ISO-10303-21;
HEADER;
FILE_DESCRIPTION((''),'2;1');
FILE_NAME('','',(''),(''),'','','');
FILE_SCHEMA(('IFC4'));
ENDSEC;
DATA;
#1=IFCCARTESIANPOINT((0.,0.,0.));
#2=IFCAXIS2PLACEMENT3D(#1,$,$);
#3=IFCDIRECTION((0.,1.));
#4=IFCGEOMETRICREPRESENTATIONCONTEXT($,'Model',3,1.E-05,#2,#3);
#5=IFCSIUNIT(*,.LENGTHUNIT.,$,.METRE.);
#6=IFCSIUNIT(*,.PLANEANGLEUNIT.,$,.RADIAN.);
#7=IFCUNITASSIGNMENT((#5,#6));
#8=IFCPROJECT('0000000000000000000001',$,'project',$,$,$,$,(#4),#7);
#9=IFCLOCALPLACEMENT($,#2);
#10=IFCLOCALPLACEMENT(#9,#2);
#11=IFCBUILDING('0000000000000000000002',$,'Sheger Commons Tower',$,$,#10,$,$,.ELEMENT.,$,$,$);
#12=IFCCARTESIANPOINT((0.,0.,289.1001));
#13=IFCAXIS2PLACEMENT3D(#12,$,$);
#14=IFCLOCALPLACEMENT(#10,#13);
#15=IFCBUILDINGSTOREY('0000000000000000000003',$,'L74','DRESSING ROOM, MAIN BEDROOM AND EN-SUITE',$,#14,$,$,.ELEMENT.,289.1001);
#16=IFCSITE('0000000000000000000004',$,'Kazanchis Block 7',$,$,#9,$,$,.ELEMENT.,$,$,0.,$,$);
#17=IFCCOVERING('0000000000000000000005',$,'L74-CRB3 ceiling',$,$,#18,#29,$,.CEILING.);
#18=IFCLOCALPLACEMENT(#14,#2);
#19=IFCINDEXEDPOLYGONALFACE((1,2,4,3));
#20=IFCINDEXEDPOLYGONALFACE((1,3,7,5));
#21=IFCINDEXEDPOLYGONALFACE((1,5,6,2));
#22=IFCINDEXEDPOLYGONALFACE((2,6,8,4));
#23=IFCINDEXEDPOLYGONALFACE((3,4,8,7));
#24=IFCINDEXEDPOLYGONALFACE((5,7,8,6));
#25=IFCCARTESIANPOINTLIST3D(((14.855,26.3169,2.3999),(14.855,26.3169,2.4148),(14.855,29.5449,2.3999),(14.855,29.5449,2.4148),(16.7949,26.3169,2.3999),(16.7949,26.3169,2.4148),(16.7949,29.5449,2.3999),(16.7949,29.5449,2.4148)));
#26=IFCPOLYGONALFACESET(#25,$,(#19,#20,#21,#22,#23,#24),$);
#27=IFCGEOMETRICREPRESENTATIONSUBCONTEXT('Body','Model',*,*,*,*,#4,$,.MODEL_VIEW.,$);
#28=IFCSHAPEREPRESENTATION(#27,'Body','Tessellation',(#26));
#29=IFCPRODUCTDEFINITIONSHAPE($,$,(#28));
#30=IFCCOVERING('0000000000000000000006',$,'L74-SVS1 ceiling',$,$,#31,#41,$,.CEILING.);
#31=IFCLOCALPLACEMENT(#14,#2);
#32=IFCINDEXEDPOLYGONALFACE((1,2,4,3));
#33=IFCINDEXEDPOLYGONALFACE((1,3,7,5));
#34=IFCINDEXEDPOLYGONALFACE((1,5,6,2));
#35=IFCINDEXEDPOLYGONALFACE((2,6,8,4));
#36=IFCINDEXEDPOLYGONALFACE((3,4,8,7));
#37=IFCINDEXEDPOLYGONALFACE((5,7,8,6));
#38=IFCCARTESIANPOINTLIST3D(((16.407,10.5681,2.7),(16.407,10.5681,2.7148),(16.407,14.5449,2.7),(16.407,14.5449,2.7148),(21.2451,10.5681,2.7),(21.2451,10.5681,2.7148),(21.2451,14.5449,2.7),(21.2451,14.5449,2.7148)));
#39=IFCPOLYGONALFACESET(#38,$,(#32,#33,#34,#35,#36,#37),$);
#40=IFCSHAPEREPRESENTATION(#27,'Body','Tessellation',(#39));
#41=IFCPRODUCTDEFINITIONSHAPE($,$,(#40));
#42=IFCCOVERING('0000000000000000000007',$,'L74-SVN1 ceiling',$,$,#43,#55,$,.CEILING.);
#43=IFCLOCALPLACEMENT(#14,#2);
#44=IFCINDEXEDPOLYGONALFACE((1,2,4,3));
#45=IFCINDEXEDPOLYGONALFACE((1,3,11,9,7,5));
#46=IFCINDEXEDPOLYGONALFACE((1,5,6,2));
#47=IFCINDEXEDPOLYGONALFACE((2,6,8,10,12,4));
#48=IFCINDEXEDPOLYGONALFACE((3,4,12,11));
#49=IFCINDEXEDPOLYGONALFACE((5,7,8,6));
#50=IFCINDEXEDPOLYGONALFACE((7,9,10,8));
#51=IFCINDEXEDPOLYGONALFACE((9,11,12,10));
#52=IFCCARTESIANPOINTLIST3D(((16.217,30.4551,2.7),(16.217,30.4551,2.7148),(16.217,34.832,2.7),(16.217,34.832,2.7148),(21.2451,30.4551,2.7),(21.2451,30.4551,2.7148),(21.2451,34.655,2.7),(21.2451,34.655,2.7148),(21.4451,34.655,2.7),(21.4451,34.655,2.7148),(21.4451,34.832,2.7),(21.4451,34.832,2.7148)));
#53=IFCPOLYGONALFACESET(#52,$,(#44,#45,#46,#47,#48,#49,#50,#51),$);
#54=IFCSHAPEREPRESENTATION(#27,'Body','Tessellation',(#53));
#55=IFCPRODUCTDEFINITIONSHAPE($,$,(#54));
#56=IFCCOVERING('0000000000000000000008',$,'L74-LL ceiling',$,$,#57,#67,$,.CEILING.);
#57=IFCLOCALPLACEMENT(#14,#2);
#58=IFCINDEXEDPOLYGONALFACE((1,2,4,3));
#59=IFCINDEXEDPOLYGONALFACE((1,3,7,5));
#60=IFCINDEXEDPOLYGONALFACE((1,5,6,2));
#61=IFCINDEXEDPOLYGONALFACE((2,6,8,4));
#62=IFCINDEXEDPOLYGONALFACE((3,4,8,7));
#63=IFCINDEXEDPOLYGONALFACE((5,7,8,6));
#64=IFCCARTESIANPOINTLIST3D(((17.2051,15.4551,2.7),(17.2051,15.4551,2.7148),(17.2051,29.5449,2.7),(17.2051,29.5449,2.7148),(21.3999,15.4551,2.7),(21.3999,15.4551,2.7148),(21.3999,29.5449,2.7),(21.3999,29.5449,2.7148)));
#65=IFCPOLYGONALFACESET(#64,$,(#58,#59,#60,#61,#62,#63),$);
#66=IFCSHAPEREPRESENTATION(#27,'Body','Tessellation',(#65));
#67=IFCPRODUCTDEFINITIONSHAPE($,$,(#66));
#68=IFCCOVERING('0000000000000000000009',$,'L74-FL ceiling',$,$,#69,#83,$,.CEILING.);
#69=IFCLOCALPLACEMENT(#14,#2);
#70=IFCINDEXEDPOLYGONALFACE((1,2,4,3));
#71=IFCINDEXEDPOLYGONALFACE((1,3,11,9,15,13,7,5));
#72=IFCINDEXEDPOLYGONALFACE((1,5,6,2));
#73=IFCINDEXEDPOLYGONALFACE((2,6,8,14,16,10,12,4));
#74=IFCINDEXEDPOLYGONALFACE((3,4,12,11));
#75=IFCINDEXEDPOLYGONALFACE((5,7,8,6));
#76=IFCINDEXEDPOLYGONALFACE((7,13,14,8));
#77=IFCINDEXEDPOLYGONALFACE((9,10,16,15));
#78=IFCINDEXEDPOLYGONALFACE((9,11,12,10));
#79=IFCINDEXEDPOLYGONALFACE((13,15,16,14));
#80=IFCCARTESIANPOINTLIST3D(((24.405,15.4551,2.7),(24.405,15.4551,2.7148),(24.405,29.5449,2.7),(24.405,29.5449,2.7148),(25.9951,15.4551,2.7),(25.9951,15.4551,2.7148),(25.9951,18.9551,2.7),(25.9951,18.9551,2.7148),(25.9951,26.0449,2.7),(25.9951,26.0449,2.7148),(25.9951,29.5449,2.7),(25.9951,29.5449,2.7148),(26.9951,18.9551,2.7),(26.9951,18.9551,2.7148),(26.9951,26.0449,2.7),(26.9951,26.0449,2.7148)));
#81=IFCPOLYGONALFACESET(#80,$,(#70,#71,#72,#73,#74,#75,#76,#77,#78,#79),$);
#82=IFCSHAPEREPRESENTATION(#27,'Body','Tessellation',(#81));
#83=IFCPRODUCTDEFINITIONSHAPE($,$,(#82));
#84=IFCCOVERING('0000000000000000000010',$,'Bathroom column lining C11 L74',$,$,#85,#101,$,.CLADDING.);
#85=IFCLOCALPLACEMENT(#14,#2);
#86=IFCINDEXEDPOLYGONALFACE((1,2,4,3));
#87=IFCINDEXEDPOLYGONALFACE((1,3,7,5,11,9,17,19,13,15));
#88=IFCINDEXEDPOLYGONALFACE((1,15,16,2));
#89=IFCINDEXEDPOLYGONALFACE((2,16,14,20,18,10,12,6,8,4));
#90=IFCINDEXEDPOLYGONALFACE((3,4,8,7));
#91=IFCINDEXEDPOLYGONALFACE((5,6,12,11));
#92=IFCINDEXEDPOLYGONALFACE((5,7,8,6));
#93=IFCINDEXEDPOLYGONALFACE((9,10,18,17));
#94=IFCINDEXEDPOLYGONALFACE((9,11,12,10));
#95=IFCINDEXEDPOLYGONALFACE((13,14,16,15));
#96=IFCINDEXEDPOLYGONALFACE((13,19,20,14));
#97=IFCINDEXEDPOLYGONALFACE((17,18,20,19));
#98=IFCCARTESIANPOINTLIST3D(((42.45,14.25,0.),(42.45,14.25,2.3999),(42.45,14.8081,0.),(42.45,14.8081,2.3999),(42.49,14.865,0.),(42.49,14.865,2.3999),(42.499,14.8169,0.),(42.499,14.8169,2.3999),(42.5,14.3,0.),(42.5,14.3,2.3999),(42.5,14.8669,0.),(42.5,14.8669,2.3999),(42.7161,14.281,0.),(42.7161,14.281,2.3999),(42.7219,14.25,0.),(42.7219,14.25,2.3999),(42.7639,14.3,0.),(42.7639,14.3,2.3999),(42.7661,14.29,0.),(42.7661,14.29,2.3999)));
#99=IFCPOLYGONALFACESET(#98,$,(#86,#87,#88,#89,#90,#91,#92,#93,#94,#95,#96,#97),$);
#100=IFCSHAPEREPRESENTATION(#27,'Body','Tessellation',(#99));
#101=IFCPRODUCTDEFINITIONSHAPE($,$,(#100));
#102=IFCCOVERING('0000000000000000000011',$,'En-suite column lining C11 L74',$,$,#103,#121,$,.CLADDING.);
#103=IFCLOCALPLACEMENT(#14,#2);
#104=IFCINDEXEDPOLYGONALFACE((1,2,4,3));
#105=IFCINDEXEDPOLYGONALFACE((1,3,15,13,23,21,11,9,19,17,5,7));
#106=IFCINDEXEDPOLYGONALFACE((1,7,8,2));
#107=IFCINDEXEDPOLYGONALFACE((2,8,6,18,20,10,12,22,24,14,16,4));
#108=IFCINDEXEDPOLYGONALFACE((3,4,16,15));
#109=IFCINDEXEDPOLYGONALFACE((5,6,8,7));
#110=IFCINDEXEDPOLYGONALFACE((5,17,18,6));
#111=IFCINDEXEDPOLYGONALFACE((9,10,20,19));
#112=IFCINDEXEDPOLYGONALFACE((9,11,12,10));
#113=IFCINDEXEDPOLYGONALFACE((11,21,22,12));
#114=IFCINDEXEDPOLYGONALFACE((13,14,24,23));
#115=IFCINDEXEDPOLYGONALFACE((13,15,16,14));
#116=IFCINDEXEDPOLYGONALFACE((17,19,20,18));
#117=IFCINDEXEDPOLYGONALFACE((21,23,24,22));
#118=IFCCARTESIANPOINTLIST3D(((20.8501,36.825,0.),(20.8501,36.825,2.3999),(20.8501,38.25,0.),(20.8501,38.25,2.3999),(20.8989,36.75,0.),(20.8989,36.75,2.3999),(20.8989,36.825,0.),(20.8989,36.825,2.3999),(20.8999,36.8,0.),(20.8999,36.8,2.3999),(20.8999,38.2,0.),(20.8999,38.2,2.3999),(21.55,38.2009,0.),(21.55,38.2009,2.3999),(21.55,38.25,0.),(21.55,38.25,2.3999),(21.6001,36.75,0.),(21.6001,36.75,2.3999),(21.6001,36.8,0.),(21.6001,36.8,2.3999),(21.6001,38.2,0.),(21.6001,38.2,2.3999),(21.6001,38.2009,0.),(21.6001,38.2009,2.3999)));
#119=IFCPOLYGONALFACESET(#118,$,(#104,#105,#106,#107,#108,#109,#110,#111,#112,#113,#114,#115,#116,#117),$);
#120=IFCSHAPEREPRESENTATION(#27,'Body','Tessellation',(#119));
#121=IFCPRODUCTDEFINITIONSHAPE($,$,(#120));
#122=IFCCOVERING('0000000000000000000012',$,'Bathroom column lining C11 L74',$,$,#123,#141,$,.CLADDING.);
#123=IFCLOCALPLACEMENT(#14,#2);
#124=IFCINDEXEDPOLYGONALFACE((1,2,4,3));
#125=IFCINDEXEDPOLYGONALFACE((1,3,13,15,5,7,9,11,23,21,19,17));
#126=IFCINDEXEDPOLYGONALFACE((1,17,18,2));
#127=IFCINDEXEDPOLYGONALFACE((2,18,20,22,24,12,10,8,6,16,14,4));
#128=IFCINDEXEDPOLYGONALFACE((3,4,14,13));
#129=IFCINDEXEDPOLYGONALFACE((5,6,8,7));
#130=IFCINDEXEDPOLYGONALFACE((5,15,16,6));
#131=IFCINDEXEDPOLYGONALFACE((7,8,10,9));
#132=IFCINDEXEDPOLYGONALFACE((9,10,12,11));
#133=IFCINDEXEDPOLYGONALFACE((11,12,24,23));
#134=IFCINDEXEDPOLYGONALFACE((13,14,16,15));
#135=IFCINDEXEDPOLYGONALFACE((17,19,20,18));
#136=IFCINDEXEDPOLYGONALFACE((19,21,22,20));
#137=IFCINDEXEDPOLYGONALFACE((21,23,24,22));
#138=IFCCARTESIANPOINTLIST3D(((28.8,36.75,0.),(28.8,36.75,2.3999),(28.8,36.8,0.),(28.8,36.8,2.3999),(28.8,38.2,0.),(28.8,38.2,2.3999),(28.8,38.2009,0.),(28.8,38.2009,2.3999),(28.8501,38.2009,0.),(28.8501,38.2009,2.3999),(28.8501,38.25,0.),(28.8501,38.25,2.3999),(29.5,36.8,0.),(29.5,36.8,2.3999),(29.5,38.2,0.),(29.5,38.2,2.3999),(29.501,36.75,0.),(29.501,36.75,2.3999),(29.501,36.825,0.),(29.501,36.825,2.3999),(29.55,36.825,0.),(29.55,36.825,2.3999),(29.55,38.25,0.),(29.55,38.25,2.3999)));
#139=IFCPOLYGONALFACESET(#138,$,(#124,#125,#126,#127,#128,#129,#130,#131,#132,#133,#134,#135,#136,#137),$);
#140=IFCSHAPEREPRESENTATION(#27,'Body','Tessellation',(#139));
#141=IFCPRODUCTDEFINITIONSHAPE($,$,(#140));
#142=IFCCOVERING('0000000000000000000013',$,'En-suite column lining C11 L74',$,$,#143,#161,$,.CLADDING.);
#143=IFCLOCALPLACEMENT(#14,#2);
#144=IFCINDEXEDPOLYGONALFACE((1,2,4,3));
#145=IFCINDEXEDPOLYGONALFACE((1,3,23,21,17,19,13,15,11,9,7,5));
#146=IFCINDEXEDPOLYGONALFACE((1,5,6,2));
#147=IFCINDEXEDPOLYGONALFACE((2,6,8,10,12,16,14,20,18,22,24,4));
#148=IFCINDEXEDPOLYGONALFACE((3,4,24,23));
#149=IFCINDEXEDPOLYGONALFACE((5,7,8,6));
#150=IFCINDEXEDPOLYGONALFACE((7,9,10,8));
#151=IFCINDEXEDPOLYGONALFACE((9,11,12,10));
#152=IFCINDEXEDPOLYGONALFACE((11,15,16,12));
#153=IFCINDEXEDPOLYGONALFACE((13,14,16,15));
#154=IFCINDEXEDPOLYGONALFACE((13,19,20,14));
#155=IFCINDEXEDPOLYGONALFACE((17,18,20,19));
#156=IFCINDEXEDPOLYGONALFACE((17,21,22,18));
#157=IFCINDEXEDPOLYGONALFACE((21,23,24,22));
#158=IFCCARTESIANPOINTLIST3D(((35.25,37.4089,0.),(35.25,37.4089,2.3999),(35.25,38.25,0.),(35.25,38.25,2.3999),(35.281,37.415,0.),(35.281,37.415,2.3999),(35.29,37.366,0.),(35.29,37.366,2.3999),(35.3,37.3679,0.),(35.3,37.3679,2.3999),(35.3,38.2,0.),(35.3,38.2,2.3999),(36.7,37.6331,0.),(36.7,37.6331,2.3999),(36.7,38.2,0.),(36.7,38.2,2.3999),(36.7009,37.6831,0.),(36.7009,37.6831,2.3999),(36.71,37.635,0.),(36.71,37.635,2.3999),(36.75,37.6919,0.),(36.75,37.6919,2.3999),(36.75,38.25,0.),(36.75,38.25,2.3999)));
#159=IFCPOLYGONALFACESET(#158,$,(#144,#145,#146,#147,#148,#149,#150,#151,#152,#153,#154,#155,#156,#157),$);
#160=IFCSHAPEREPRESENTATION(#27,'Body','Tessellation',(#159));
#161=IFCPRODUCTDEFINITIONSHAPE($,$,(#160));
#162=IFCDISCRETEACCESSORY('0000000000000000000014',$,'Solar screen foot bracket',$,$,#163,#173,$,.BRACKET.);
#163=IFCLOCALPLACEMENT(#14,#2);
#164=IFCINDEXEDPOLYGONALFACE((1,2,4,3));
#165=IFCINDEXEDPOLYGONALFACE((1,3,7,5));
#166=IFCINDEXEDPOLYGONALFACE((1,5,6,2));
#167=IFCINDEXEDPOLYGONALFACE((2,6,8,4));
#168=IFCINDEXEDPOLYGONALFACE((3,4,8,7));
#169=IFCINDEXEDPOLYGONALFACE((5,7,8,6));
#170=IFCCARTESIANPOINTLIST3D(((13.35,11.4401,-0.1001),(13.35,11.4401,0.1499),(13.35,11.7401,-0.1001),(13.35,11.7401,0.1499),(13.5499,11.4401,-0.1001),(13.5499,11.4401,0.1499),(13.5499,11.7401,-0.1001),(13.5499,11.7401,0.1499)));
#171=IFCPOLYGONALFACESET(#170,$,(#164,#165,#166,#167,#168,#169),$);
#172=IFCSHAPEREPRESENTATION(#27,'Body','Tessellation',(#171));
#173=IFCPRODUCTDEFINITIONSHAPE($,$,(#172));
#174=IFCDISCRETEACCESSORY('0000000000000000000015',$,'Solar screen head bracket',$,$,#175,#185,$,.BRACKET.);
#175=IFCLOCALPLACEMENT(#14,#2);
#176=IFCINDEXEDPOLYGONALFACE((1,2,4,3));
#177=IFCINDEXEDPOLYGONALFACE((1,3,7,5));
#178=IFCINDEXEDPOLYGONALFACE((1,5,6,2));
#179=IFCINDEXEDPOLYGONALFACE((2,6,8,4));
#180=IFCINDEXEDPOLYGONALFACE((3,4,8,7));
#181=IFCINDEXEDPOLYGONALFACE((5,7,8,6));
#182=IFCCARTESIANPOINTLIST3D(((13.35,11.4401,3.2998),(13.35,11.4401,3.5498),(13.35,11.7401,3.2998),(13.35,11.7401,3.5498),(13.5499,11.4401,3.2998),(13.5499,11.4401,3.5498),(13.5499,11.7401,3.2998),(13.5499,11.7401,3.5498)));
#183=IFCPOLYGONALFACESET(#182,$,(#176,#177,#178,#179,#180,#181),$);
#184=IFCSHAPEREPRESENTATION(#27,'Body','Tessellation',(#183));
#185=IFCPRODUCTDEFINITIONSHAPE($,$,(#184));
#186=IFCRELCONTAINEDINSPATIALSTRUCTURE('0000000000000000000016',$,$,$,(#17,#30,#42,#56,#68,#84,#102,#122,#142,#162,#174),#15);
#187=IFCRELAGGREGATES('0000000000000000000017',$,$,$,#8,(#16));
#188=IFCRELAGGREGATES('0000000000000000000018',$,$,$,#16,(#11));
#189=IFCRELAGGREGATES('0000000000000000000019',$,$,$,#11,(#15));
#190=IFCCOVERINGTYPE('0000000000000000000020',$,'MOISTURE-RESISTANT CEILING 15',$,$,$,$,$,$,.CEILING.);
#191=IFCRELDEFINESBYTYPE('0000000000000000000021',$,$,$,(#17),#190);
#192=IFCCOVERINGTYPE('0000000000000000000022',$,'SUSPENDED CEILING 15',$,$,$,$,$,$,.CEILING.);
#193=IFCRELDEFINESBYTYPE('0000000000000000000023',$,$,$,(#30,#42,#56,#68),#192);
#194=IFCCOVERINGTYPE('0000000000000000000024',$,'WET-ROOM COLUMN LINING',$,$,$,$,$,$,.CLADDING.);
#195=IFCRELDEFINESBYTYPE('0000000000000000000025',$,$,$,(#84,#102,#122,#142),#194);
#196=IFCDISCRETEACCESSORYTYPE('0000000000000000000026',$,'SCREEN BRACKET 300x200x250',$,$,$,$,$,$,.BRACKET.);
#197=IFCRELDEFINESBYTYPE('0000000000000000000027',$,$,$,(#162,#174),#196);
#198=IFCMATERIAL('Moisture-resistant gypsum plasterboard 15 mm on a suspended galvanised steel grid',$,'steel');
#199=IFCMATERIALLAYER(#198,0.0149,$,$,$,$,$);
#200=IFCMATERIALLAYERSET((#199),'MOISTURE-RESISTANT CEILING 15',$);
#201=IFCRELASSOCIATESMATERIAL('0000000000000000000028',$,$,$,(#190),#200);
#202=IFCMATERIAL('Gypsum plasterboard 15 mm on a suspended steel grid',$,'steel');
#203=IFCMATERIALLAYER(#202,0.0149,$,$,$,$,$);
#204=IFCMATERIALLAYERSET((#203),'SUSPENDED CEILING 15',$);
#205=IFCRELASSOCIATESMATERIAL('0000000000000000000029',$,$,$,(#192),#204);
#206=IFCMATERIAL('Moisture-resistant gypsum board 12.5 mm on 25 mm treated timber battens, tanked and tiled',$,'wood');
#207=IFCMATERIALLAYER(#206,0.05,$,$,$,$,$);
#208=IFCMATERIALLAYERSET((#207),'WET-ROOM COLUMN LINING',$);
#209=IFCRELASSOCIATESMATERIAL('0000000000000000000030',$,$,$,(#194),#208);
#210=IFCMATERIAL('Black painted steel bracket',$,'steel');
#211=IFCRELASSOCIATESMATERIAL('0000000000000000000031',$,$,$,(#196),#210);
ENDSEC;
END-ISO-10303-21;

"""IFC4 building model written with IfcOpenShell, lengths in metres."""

from ifc_helpers import new_model, si_unit, direction, frame, origin, origin_2d, place, context, subcontext, project, spatial, polyline, rectangle, outline, extrude, material, layer, layer_set, type_object, element, save


model = new_model("IFC4")

# Units and contexts
model_context = context("Model", 3, precision=1e-05, world=origin(), true_north=direction((0.0, 1.0)))
body_context = subcontext(model_context, "Body", "Model", "MODEL_VIEW")
ifc_project = project(units=[si_unit("LENGTHUNIT", "METRE"), si_unit("PLANEANGLEUNIT", "RADIAN")], contexts=[model_context])

# Site, building, storey
site_placement = place(None, origin())
site = spatial("IfcSite", under=ifc_project, at=site_placement, Name="Kazanchis Block 7", CompositionType="ELEMENT", RefElevation=0.0)
building_placement = place(site_placement, origin())
building = spatial("IfcBuilding", under=site, at=building_placement, Name="Sheger Commons Tower", CompositionType="ELEMENT")
storey_placement = place(building_placement, frame((0.0, 0.0, 289.1001)))
storey = spatial("IfcBuildingStorey", under=building, at=storey_placement, Name="L74", Description="DRESSING ROOM, MAIN BEDROOM AND EN-SUITE", CompositionType="ELEMENT", Elevation=289.1001)

# Coverings
ifc_material_1 = material(Name="Moisture-resistant gypsum plasterboard 15 mm on a suspended galvanised steel grid", Category="steel")
ifc_layer_1 = layer(ifc_material_1, 0.0149)
ifc_layer_set_1 = layer_set([ifc_layer_1], Name="MOISTURE-RESISTANT CEILING 15")
covering_type_1 = type_object("IfcCoveringType", Name="MOISTURE-RESISTANT CEILING 15", PredefinedType="CEILING", material=ifc_layer_set_1)
covering_1_placement = place(storey_placement, frame((0.0, 0.0, 2.3999)))
element("IfcCovering", 1, at=covering_1_placement, inside=storey, type_object=covering_type_1, Name="L74-CRB3 ceiling", PredefinedType="CEILING", context=body_context, shape_type="SweptSolid", body=[
    extrude(outline(polyline([(14.855, 26.3169), (16.7949, 26.3169), (16.7949, 29.5449), (14.855, 29.5449), (14.855, 26.3169)])), origin(), (0.0, 0.0, 1.0), 0.0149),
])
ifc_material_2 = material(Name="Gypsum plasterboard 15 mm on a suspended steel grid", Category="steel")
ifc_layer_2 = layer(ifc_material_2, 0.0149)
ifc_layer_set_2 = layer_set([ifc_layer_2], Name="SUSPENDED CEILING 15")
covering_type_2 = type_object("IfcCoveringType", Name="SUSPENDED CEILING 15", PredefinedType="CEILING", material=ifc_layer_set_2)
covering_2_placement = place(storey_placement, frame((0.0, 0.0, 2.7)))
element("IfcCovering", 2, at=covering_2_placement, inside=storey, type_object=covering_type_2, Name="L74-SVS1 ceiling", PredefinedType="CEILING", context=body_context, shape_type="SweptSolid", body=[
    extrude(outline(polyline([(16.407, 10.5681), (21.2451, 10.5681), (21.2451, 14.5449), (16.407, 14.5449), (16.407, 10.5681)])), origin(), (0.0, 0.0, 1.0), 0.0149),
])
covering_3_placement = place(storey_placement, frame((0.0, 0.0, 2.7)))
element("IfcCovering", 3, at=covering_3_placement, inside=storey, type_object=covering_type_2, Name="L74-SVN1 ceiling", PredefinedType="CEILING", context=body_context, shape_type="SweptSolid", body=[
    extrude(outline(polyline([(16.217, 30.4551), (21.2451, 30.4551), (21.2451, 34.655), (21.4451, 34.655), (21.4451, 34.832), (16.217, 34.832), (16.217, 30.4551)])), origin(), (0.0, 0.0, 1.0), 0.0149),
])
covering_4_placement = place(storey_placement, frame((0.0, 0.0, 2.7)))
element("IfcCovering", 4, at=covering_4_placement, inside=storey, type_object=covering_type_2, Name="L74-LL ceiling", PredefinedType="CEILING", context=body_context, shape_type="SweptSolid", body=[
    extrude(outline(polyline([(17.2051, 15.4551), (21.3999, 15.4551), (21.3999, 29.5449), (17.2051, 29.5449), (17.2051, 15.4551)])), origin(), (0.0, 0.0, 1.0), 0.0149),
])
covering_5_placement = place(storey_placement, frame((0.0, 0.0, 2.7)))
element("IfcCovering", 5, at=covering_5_placement, inside=storey, type_object=covering_type_2, Name="L74-FL ceiling", PredefinedType="CEILING", context=body_context, shape_type="SweptSolid", body=[
    extrude(outline(polyline([(24.405, 15.4551), (25.9951, 15.4551), (25.9951, 18.9551), (26.9951, 18.9551), (26.9951, 26.0449), (25.9951, 26.0449), (25.9951, 29.5449), (24.405, 29.5449), (24.405, 15.4551)])), origin(), (0.0, 0.0, 1.0), 0.0149),
])
ifc_material_3 = material(Name="Moisture-resistant gypsum board 12.5 mm on 25 mm treated timber battens, tanked and tiled", Category="wood")
ifc_layer_3 = layer(ifc_material_3, 0.05)
ifc_layer_set_3 = layer_set([ifc_layer_3], Name="WET-ROOM COLUMN LINING")
covering_type_3 = type_object("IfcCoveringType", Name="WET-ROOM COLUMN LINING", PredefinedType="CLADDING", material=ifc_layer_set_3)
covering_6_placement = place(storey_placement, origin())
element("IfcCovering", 6, at=covering_6_placement, inside=storey, type_object=covering_type_3, Name="Bathroom column lining C11 L74", PredefinedType="CLADDING", context=body_context, shape_type="SweptSolid", body=[
    extrude(outline(polyline([(42.5, 14.8669), (42.5, 14.3), (42.7639, 14.3), (42.7661, 14.29), (42.7161, 14.281), (42.7219, 14.25), (42.45, 14.25), (42.45, 14.8081), (42.499, 14.8169), (42.49, 14.865), (42.5, 14.8669)])), origin(), (0.0, 0.0, 1.0), 2.3999),
])
covering_7_placement = place(storey_placement, origin())
element("IfcCovering", 7, at=covering_7_placement, inside=storey, type_object=covering_type_3, Name="En-suite column lining C11 L74", PredefinedType="CLADDING", context=body_context, shape_type="SweptSolid", body=[
    extrude(outline(polyline([(21.55, 38.25), (21.55, 38.2009), (21.6001, 38.2009), (21.6001, 38.2), (20.8999, 38.2), (20.8999, 36.8), (21.6001, 36.8), (21.6001, 36.75), (20.8989, 36.75), (20.8989, 36.825), (20.8501, 36.825), (20.8501, 38.25), (21.55, 38.25)])), origin(), (0.0, 0.0, 1.0), 2.3999),
])
covering_8_placement = place(storey_placement, origin())
element("IfcCovering", 8, at=covering_8_placement, inside=storey, type_object=covering_type_3, Name="Bathroom column lining C11 L74", PredefinedType="CLADDING", context=body_context, shape_type="SweptSolid", body=[
    extrude(outline(polyline([(29.55, 36.825), (29.501, 36.825), (29.501, 36.75), (28.8, 36.75), (28.8, 36.8), (29.5, 36.8), (29.5, 38.2), (28.8, 38.2), (28.8, 38.2009), (28.8501, 38.2009), (28.8501, 38.25), (29.55, 38.25), (29.55, 36.825)])), origin(), (0.0, 0.0, 1.0), 2.3999),
])
covering_9_placement = place(storey_placement, origin())
element("IfcCovering", 9, at=covering_9_placement, inside=storey, type_object=covering_type_3, Name="En-suite column lining C11 L74", PredefinedType="CLADDING", context=body_context, shape_type="SweptSolid", body=[
    extrude(outline(polyline([(36.75, 38.25), (36.75, 37.6919), (36.7009, 37.6831), (36.71, 37.635), (36.7, 37.6331), (36.7, 38.2), (35.3, 38.2), (35.3, 37.3679), (35.29, 37.366), (35.281, 37.415), (35.25, 37.4089), (35.25, 38.25), (36.75, 38.25)])), origin(), (0.0, 0.0, 1.0), 2.3999),
])

# Discrete accessories
ifc_material_4 = material(Name="Black painted steel bracket", Category="steel")
discrete_accessory_type = type_object("IfcDiscreteAccessoryType", Name="SCREEN BRACKET 300x200x250", PredefinedType="BRACKET", material=ifc_material_4)
for number, where, z_axis, x_axis, name in (
    (10, (13.45, 11.5901, -0.1001), (0.0, 0.0, 1.0), (0.0, -1.0, 0.0), "Solar screen foot bracket"),
    (11, (13.45, 11.5901, 3.2998), (0.0, 0.0, 1.0), (0.0, -1.0, 0.0), "Solar screen head bracket"),
):
    element("IfcDiscreteAccessory", number, at=place(storey_placement, frame(where, z_axis=z_axis, x_axis=x_axis)), inside=storey, type_object=discrete_accessory_type, Name=name, PredefinedType="BRACKET", context=body_context, shape_type="SweptSolid", body=[
        extrude(rectangle(XDim=0.3, YDim=0.2, at=origin_2d()), origin(), (0.0, 0.0, 1.0), 0.25),
    ])

save(model, "model.ifc")
